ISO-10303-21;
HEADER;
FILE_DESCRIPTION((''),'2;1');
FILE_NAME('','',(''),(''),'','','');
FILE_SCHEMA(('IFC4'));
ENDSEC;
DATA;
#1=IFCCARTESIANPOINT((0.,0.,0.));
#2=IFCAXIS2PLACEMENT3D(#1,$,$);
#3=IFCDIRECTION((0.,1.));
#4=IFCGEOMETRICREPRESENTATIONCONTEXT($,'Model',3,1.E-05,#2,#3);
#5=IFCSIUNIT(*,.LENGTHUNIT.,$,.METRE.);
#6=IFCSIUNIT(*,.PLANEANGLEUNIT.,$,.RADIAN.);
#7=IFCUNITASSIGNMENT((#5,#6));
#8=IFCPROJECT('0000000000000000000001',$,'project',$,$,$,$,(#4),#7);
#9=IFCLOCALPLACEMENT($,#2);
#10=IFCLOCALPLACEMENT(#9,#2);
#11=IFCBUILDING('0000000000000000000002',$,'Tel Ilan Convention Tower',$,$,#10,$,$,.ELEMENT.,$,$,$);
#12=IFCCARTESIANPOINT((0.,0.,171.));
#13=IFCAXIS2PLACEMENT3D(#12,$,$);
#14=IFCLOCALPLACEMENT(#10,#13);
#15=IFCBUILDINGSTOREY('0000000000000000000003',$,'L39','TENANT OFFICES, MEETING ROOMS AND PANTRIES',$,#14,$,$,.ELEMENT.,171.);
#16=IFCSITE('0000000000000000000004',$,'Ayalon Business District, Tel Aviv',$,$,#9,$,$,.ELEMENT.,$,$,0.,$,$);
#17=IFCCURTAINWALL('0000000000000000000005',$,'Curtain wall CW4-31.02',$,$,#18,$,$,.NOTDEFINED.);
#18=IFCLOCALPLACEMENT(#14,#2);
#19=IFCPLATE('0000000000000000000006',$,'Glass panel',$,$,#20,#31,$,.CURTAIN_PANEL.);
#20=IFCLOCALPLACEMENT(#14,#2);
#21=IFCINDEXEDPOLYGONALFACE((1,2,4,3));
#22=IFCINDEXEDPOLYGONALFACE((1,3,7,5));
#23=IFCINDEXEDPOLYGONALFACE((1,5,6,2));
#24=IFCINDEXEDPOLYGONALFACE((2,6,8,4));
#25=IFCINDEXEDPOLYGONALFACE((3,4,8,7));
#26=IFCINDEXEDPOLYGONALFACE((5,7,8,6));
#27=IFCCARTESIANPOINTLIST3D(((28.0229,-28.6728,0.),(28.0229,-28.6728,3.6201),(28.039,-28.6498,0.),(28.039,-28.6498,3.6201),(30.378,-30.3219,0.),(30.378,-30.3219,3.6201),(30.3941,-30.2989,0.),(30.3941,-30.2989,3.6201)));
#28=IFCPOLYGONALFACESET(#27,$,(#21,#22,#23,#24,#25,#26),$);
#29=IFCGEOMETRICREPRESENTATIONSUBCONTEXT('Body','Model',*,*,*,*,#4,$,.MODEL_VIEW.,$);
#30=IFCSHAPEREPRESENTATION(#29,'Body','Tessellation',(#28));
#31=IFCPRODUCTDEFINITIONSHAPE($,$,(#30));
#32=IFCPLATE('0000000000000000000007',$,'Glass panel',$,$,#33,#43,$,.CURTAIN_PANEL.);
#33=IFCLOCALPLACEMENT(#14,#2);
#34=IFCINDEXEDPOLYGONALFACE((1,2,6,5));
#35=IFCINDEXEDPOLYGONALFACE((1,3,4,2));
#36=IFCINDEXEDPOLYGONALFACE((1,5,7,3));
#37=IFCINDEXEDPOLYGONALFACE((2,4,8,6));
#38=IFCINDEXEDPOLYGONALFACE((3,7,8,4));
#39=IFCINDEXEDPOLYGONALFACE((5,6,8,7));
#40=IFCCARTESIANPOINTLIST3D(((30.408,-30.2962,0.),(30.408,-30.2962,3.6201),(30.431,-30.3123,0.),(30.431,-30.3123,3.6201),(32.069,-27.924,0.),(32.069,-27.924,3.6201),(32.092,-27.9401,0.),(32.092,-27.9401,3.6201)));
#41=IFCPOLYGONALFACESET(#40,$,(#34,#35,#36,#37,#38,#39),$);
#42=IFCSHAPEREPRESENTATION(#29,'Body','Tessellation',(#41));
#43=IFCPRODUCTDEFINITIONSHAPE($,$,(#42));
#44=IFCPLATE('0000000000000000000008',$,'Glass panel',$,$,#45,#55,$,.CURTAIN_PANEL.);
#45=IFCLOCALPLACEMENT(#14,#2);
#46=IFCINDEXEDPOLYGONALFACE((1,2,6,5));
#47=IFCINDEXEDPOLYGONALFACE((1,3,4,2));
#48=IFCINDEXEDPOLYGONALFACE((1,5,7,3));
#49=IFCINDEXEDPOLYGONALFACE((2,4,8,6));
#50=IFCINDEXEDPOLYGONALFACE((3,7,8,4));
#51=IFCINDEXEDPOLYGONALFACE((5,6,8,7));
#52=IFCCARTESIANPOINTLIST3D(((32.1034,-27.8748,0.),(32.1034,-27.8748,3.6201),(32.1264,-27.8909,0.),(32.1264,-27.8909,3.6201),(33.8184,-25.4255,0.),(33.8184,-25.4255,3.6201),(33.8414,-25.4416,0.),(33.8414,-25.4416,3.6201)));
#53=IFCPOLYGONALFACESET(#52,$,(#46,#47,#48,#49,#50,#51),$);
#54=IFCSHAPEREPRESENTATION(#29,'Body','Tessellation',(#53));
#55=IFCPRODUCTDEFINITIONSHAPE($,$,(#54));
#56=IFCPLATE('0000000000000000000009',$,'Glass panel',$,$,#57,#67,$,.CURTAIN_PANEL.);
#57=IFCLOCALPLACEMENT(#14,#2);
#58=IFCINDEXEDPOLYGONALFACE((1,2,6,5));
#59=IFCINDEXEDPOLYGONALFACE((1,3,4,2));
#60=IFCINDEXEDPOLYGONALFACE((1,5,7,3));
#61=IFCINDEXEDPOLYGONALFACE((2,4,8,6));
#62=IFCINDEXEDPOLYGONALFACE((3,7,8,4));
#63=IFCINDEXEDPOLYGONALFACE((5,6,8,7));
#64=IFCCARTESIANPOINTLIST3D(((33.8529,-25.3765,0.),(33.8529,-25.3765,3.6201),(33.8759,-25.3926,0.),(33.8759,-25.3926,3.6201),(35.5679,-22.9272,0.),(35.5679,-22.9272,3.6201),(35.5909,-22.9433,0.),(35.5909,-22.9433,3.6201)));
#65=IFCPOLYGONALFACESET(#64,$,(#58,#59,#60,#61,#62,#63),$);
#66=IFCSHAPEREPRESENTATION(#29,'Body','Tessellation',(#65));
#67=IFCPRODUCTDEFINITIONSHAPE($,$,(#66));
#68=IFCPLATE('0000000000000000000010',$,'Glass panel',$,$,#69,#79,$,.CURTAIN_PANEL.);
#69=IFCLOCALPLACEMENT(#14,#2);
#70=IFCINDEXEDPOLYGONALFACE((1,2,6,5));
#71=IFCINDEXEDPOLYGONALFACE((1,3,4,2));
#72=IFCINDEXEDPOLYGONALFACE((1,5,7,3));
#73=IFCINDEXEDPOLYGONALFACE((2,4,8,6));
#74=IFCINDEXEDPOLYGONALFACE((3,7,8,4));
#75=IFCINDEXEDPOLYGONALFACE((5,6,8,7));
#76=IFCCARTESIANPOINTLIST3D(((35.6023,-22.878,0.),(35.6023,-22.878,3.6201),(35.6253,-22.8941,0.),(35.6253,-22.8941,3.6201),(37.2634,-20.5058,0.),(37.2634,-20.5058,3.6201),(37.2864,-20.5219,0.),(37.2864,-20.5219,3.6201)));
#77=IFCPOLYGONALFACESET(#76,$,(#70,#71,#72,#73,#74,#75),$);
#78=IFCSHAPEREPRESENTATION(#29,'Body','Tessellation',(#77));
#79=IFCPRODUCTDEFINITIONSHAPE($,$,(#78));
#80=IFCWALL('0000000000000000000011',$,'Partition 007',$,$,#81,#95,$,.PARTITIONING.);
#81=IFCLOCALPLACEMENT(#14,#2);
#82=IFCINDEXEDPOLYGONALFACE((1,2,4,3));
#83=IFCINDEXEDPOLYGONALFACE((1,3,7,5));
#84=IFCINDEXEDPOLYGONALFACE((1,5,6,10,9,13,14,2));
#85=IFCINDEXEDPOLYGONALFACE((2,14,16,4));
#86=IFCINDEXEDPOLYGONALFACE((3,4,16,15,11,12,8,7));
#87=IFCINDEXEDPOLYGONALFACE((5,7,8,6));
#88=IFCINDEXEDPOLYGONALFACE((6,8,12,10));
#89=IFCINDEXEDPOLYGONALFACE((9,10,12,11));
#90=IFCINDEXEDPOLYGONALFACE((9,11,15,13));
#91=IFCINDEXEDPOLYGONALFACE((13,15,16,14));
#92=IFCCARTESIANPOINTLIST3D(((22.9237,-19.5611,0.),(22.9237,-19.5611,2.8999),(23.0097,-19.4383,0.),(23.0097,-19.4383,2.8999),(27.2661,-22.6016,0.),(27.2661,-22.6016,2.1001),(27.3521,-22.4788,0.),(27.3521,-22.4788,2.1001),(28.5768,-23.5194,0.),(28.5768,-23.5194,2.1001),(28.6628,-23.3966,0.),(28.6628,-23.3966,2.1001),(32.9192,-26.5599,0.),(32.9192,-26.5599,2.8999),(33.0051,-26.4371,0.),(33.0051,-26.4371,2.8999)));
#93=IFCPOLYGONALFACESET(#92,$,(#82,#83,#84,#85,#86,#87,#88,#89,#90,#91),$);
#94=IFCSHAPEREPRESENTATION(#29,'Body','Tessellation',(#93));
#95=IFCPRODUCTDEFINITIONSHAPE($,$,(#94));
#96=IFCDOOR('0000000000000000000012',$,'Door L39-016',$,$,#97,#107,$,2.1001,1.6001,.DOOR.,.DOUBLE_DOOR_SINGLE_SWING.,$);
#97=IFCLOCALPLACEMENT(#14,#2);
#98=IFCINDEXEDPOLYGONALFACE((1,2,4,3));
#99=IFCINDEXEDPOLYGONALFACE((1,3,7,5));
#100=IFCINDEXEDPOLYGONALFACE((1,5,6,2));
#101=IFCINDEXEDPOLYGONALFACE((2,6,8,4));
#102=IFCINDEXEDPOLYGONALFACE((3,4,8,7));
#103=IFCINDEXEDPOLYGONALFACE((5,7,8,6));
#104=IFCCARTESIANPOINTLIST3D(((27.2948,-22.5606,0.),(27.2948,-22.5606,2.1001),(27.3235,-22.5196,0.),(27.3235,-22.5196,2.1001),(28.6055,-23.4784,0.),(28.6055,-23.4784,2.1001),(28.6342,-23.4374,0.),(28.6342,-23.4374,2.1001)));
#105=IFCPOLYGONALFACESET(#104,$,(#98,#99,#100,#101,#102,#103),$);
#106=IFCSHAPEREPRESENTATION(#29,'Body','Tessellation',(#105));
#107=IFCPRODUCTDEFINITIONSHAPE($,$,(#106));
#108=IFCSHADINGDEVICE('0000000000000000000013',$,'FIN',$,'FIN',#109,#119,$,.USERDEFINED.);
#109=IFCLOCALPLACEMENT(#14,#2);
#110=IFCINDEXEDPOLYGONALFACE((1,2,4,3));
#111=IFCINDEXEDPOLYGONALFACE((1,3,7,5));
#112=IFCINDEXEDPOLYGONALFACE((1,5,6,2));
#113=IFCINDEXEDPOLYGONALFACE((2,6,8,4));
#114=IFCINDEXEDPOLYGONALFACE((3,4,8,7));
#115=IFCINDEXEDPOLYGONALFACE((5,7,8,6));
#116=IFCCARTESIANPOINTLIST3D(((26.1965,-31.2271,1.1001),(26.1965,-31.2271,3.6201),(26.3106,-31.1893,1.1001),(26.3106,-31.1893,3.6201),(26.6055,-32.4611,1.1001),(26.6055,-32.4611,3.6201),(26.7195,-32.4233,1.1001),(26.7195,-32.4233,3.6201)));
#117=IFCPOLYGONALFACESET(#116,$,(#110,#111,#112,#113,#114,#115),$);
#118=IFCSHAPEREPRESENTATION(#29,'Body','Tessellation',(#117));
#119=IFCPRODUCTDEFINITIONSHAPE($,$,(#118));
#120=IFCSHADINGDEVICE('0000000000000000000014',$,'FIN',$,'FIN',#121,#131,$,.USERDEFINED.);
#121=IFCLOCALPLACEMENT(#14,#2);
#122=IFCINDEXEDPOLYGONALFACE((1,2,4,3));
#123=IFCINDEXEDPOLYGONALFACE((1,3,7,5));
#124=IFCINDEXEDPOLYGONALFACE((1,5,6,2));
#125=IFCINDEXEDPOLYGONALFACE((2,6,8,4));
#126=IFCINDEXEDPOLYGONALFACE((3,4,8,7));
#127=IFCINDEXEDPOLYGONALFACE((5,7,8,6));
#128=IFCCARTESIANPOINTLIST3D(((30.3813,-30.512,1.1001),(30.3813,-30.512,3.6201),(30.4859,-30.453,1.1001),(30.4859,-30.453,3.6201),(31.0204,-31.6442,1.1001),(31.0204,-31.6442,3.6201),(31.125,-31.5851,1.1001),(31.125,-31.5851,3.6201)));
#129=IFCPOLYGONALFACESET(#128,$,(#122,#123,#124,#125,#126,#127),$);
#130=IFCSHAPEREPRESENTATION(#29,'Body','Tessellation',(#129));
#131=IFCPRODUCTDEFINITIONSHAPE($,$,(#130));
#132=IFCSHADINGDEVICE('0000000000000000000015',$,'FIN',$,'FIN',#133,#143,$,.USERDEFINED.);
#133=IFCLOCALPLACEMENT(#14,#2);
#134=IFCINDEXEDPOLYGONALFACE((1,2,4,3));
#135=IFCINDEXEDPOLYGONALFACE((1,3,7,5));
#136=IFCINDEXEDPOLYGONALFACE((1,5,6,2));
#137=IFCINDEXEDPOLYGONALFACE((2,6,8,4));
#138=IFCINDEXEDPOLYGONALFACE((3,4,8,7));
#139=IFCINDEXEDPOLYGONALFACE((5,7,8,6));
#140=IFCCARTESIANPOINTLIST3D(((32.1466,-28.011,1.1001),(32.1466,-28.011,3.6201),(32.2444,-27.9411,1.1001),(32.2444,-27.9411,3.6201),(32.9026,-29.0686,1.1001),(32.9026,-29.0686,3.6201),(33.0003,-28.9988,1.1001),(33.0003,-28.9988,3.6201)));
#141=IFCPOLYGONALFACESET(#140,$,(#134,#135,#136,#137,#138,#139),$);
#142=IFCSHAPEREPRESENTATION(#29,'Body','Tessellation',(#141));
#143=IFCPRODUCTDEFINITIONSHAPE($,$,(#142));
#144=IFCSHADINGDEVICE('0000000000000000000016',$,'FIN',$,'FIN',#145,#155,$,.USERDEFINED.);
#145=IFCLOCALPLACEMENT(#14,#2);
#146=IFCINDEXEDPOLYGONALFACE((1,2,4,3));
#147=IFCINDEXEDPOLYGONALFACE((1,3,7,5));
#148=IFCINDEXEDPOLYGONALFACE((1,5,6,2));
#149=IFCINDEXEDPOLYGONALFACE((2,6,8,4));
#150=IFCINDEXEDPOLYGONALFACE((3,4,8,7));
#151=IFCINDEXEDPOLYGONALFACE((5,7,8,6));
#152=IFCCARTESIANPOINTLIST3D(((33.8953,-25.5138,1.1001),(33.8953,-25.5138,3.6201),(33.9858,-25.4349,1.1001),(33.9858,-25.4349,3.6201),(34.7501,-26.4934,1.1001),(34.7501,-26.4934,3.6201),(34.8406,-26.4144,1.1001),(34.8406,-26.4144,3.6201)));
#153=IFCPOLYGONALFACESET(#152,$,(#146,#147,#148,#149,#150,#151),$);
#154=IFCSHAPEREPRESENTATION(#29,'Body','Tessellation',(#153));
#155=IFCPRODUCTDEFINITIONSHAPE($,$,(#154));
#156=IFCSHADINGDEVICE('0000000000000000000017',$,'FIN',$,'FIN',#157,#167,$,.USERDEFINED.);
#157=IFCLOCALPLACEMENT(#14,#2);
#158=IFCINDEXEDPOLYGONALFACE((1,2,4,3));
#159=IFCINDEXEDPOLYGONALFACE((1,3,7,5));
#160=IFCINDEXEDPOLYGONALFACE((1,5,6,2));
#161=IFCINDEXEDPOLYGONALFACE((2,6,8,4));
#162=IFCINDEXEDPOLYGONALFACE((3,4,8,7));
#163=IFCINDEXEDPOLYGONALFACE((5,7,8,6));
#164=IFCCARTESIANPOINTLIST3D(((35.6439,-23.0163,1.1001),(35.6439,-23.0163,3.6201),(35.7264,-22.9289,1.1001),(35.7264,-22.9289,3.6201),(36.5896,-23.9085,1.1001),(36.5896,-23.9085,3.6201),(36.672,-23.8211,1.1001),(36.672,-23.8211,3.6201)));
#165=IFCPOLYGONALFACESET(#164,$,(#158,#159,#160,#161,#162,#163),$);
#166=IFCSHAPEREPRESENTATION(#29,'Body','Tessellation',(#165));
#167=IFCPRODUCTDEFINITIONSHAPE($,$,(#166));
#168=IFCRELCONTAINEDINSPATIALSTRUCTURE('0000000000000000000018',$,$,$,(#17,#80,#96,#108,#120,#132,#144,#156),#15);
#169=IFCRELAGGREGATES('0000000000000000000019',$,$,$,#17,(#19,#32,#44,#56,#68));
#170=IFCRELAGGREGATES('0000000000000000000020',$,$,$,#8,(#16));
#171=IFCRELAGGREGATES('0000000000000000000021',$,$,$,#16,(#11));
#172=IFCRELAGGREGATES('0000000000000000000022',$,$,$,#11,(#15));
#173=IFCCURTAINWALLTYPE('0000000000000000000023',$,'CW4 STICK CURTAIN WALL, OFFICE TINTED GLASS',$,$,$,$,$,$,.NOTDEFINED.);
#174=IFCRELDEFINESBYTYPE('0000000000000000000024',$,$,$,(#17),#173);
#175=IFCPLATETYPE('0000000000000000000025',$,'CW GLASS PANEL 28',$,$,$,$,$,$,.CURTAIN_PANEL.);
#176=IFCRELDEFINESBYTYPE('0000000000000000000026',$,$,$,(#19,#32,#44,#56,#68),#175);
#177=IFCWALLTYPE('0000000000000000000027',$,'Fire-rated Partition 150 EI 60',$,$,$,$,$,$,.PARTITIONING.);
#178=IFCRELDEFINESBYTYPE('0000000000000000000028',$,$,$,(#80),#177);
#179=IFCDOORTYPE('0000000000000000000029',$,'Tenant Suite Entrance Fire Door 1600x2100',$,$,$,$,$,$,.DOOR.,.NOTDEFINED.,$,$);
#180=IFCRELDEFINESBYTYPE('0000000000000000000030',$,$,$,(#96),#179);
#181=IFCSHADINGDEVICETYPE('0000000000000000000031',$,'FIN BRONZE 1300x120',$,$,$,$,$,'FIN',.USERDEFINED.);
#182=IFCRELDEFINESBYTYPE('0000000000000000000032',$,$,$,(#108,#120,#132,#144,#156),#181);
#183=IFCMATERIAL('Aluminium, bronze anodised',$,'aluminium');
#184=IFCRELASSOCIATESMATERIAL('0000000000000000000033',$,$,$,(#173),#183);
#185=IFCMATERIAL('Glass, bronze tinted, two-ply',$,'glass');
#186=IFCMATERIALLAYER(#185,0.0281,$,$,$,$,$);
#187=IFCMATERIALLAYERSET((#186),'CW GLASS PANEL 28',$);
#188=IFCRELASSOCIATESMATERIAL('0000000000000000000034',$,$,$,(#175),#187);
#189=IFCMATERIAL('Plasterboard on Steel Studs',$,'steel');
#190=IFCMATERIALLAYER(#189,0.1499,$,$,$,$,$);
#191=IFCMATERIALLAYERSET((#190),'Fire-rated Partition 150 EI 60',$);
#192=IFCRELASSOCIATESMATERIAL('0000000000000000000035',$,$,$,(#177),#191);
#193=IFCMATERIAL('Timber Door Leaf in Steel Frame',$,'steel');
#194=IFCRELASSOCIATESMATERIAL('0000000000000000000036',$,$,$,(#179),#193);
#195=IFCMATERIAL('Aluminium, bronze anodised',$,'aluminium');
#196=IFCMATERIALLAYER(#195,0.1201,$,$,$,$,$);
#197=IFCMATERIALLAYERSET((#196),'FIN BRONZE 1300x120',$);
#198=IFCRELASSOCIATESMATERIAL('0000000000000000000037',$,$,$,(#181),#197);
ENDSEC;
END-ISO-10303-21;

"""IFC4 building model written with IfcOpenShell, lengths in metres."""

from ifc_helpers import new_model, si_unit, direction, frame, frame_2d, origin, origin_2d, place, context, subcontext, project, spatial, rectangle, extrude, material, layer, layer_set, type_object, element, fill, aggregate, save


model = new_model("IFC4")

# Units and contexts
model_context = context("Model", 3, precision=1e-05, world=origin(), true_north=direction((0.0, 1.0)))
body_context = subcontext(model_context, "Body", "Model", "MODEL_VIEW")
ifc_project = project(units=[si_unit("LENGTHUNIT", "METRE"), si_unit("PLANEANGLEUNIT", "RADIAN")], contexts=[model_context])

# Site, building, storey
site_placement = place(None, origin())
site = spatial("IfcSite", under=ifc_project, at=site_placement, Name="Ayalon Business District, Tel Aviv", CompositionType="ELEMENT", RefElevation=0.0)
building_placement = place(site_placement, origin())
building = spatial("IfcBuilding", under=site, at=building_placement, Name="Tel Ilan Convention Tower", CompositionType="ELEMENT")
storey_placement = place(building_placement, frame((0.0, 0.0, 171.0)))
storey = spatial("IfcBuildingStorey", under=building, at=storey_placement, Name="L39", Description="TENANT OFFICES, MEETING ROOMS AND PANTRIES", CompositionType="ELEMENT", Elevation=171.0)

# Curtain wall, plates
ifc_material_1 = material(Name="Aluminium, bronze anodised", Category="aluminium")
curtain_wall_type = type_object("IfcCurtainWallType", Name="CW4 STICK CURTAIN WALL, OFFICE TINTED GLASS", PredefinedType="NOTDEFINED", material=ifc_material_1)
curtain_wall_placement = place(storey_placement, origin())
curtain_wall = element("IfcCurtainWall", 1, at=curtain_wall_placement, inside=storey, type_object=curtain_wall_type, Name="Curtain wall CW4-31.02", PredefinedType="NOTDEFINED")
ifc_material_2 = material(Name="Glass, bronze tinted, two-ply", Category="glass")
ifc_layer_1 = layer(ifc_material_2, 0.0281)
ifc_layer_set_1 = layer_set([ifc_layer_1], Name="CW GLASS PANEL 28")
plate_type = type_object("IfcPlateType", Name="CW GLASS PANEL 28", PredefinedType="CURTAIN_PANEL", material=ifc_layer_set_1)
plate_1_placement = place(storey_placement, frame((29.2085, -29.4858, 0.0), z_axis=(0.0, 0.0, 1.0), x_axis=(0.819152, -0.573576, 0.0)))
plate_1 = element("IfcPlate", 2, at=plate_1_placement, type_object=plate_type, Name="Glass panel", PredefinedType="CURTAIN_PANEL", context=body_context, shape_type="SweptSolid", body=[
    extrude(rectangle(XDim=2.875, YDim=0.0281, at=origin_2d()), origin(), (0.0, 0.0, 1.0), 3.6201),
])
plate_2_placement = place(storey_placement, frame((31.25, -29.1182, 0.0), z_axis=(0.0, 0.0, 1.0), x_axis=(0.573576, 0.819152, 0.0)))
plate_2 = element("IfcPlate", 3, at=plate_2_placement, type_object=plate_type, Name="Glass panel", PredefinedType="CURTAIN_PANEL", context=body_context, shape_type="SweptSolid", body=[
    extrude(rectangle(XDim=2.896, YDim=0.0281, at=origin_2d()), origin(), (0.0, 0.0, 1.0), 3.6201),
])
plate_3_placement = place(storey_placement, frame((32.9724, -26.6582, 0.0), z_axis=(0.0, 0.0, 1.0), x_axis=(0.573576, 0.819152, 0.0)))
plate_3 = element("IfcPlate", 4, at=plate_3_placement, type_object=plate_type, Name="Glass panel", PredefinedType="CURTAIN_PANEL", context=body_context, shape_type="SweptSolid", body=[
    extrude(rectangle(XDim=2.99, YDim=0.0281, at=origin_2d()), origin(), (0.0, 0.0, 1.0), 3.6201),
])
plate_4_placement = place(storey_placement, frame((34.7219, -24.1599, 0.0), z_axis=(0.0, 0.0, 1.0), x_axis=(0.573576, 0.819152, 0.0)))
plate_4 = element("IfcPlate", 5, at=plate_4_placement, type_object=plate_type, Name="Glass panel", PredefinedType="CURTAIN_PANEL", context=body_context, shape_type="SweptSolid", body=[
    extrude(rectangle(XDim=2.99, YDim=0.0281, at=origin_2d()), origin(), (0.0, 0.0, 1.0), 3.6201),
])
plate_5_placement = place(storey_placement, frame((36.4443, -21.7, 0.0), z_axis=(0.0, 0.0, 1.0), x_axis=(0.573576, 0.819152, 0.0)))
plate_5 = element("IfcPlate", 6, at=plate_5_placement, type_object=plate_type, Name="Glass panel", PredefinedType="CURTAIN_PANEL", context=body_context, shape_type="SweptSolid", body=[
    extrude(rectangle(XDim=2.896, YDim=0.0281, at=origin_2d()), origin(), (0.0, 0.0, 1.0), 3.6201),
])
aggregate(curtain_wall, [plate_1, plate_2, plate_3, plate_4, plate_5])

# Wall, opening, door
ifc_material_3 = material(Name="Plasterboard on Steel Studs", Category="steel")
ifc_layer_2 = layer(ifc_material_3, 0.1499)
ifc_layer_set_2 = layer_set([ifc_layer_2], Name="Fire-rated Partition 150 EI 60")
wall_type = type_object("IfcWallType", Name="Fire-rated Partition 150 EI 60", PredefinedType="PARTITIONING", material=ifc_layer_set_2)
wall_placement = place(storey_placement, frame((32.9622, -26.4985, 0.0), z_axis=(0.0, 0.0, 1.0), x_axis=(-0.819154, 0.573574, 0.0)))
wall = element("IfcWall", 7, at=wall_placement, inside=storey, type_object=wall_type, Name="Partition 007", PredefinedType="PARTITIONING", context=body_context, shape_type="SweptSolid", body=[
    extrude(rectangle(XDim=12.2021, YDim=0.1499, at=frame_2d((6.1011, 0.0))), origin(), (0.0, 0.0, 1.0), 2.8999),
])
opening_placement = place(wall_placement, frame((5.301, 0.0, 0.0)))
opening = element("IfcOpeningElement", 8, at=opening_placement, cuts=wall, PredefinedType="OPENING", context=body_context, shape_type="SweptSolid", body=[
    extrude(rectangle(XDim=1.6001, YDim=2.1001, at=frame_2d((0.8, 1.05))), frame((0.0, 0.085, 0.0), z_axis=(0.0, -1.0, 0.0), x_axis=(1.0, 0.0, 0.0)), (0.0, 0.0, 1.0), 0.1699),
])
ifc_material_4 = material(Name="Timber Door Leaf in Steel Frame", Category="steel")
door_type = type_object("IfcDoorType", Name="Tenant Suite Entrance Fire Door 1600x2100", OperationType="NOTDEFINED", PredefinedType="DOOR", material=ifc_material_4)
door_placement = place(opening_placement, origin())
door = element("IfcDoor", 9, at=door_placement, inside=storey, type_object=door_type, Name="Door L39-016", OperationType="DOUBLE_DOOR_SINGLE_SWING", OverallHeight=2.1001, OverallWidth=1.6001, PredefinedType="DOOR", context=body_context, shape_type="SweptSolid", body=[
    extrude(rectangle(XDim=1.6001, YDim=2.1001, at=frame_2d((0.8, 1.05))), frame((0.0, 0.0249, 0.0), z_axis=(0.0, -1.0, 0.0), x_axis=(1.0, 0.0, 0.0)), (0.0, 0.0, 1.0), 0.05),
])
fill(opening, door)

# Shading devices
ifc_material_5 = material(Name="Aluminium, bronze anodised", Category="aluminium")
ifc_layer_3 = layer(ifc_material_5, 0.1201)
ifc_layer_set_3 = layer_set([ifc_layer_3], Name="FIN BRONZE 1300x120")
shading_device_type = type_object("IfcShadingDeviceType", Name="FIN BRONZE 1300x120", ElementType="FIN", PredefinedType="USERDEFINED", material=ifc_layer_set_3)
for number, where, z_axis, x_axis, name in (
    (10, (26.458, -31.8252, 1.1001), (0.0, 0.0, 1.0), (0.314545, -0.949243, 0.0), "FIN"),
    (11, (30.7532, -31.0486, 1.1001), (0.0, 0.0, 1.0), (0.491579, -0.870833, 0.0), "FIN"),
    (12, (32.5735, -28.5049, 1.1001), (0.0, 0.0, 1.0), (0.581492, -0.813552, 0.0), "FIN"),
    (13, (34.3679, -25.9641, 1.1001), (0.0, 0.0, 1.0), (0.657521, -0.753436, 0.0), "FIN"),
    (14, (36.158, -23.4187, 1.1001), (0.0, 0.0, 1.0), (0.727374, -0.686242, 0.0), "FIN"),
):
    element("IfcShadingDevice", number, at=place(storey_placement, frame(where, z_axis=z_axis, x_axis=x_axis)), inside=storey, type_object=shading_device_type, Name=name, ObjectType="FIN", PredefinedType="USERDEFINED", context=body_context, shape_type="SweptSolid", body=[
        extrude(rectangle(XDim=1.3, YDim=0.1201, at=origin_2d()), origin(), (0.0, 0.0, 1.0), 2.52),
    ])

save(model, "model.ifc")
